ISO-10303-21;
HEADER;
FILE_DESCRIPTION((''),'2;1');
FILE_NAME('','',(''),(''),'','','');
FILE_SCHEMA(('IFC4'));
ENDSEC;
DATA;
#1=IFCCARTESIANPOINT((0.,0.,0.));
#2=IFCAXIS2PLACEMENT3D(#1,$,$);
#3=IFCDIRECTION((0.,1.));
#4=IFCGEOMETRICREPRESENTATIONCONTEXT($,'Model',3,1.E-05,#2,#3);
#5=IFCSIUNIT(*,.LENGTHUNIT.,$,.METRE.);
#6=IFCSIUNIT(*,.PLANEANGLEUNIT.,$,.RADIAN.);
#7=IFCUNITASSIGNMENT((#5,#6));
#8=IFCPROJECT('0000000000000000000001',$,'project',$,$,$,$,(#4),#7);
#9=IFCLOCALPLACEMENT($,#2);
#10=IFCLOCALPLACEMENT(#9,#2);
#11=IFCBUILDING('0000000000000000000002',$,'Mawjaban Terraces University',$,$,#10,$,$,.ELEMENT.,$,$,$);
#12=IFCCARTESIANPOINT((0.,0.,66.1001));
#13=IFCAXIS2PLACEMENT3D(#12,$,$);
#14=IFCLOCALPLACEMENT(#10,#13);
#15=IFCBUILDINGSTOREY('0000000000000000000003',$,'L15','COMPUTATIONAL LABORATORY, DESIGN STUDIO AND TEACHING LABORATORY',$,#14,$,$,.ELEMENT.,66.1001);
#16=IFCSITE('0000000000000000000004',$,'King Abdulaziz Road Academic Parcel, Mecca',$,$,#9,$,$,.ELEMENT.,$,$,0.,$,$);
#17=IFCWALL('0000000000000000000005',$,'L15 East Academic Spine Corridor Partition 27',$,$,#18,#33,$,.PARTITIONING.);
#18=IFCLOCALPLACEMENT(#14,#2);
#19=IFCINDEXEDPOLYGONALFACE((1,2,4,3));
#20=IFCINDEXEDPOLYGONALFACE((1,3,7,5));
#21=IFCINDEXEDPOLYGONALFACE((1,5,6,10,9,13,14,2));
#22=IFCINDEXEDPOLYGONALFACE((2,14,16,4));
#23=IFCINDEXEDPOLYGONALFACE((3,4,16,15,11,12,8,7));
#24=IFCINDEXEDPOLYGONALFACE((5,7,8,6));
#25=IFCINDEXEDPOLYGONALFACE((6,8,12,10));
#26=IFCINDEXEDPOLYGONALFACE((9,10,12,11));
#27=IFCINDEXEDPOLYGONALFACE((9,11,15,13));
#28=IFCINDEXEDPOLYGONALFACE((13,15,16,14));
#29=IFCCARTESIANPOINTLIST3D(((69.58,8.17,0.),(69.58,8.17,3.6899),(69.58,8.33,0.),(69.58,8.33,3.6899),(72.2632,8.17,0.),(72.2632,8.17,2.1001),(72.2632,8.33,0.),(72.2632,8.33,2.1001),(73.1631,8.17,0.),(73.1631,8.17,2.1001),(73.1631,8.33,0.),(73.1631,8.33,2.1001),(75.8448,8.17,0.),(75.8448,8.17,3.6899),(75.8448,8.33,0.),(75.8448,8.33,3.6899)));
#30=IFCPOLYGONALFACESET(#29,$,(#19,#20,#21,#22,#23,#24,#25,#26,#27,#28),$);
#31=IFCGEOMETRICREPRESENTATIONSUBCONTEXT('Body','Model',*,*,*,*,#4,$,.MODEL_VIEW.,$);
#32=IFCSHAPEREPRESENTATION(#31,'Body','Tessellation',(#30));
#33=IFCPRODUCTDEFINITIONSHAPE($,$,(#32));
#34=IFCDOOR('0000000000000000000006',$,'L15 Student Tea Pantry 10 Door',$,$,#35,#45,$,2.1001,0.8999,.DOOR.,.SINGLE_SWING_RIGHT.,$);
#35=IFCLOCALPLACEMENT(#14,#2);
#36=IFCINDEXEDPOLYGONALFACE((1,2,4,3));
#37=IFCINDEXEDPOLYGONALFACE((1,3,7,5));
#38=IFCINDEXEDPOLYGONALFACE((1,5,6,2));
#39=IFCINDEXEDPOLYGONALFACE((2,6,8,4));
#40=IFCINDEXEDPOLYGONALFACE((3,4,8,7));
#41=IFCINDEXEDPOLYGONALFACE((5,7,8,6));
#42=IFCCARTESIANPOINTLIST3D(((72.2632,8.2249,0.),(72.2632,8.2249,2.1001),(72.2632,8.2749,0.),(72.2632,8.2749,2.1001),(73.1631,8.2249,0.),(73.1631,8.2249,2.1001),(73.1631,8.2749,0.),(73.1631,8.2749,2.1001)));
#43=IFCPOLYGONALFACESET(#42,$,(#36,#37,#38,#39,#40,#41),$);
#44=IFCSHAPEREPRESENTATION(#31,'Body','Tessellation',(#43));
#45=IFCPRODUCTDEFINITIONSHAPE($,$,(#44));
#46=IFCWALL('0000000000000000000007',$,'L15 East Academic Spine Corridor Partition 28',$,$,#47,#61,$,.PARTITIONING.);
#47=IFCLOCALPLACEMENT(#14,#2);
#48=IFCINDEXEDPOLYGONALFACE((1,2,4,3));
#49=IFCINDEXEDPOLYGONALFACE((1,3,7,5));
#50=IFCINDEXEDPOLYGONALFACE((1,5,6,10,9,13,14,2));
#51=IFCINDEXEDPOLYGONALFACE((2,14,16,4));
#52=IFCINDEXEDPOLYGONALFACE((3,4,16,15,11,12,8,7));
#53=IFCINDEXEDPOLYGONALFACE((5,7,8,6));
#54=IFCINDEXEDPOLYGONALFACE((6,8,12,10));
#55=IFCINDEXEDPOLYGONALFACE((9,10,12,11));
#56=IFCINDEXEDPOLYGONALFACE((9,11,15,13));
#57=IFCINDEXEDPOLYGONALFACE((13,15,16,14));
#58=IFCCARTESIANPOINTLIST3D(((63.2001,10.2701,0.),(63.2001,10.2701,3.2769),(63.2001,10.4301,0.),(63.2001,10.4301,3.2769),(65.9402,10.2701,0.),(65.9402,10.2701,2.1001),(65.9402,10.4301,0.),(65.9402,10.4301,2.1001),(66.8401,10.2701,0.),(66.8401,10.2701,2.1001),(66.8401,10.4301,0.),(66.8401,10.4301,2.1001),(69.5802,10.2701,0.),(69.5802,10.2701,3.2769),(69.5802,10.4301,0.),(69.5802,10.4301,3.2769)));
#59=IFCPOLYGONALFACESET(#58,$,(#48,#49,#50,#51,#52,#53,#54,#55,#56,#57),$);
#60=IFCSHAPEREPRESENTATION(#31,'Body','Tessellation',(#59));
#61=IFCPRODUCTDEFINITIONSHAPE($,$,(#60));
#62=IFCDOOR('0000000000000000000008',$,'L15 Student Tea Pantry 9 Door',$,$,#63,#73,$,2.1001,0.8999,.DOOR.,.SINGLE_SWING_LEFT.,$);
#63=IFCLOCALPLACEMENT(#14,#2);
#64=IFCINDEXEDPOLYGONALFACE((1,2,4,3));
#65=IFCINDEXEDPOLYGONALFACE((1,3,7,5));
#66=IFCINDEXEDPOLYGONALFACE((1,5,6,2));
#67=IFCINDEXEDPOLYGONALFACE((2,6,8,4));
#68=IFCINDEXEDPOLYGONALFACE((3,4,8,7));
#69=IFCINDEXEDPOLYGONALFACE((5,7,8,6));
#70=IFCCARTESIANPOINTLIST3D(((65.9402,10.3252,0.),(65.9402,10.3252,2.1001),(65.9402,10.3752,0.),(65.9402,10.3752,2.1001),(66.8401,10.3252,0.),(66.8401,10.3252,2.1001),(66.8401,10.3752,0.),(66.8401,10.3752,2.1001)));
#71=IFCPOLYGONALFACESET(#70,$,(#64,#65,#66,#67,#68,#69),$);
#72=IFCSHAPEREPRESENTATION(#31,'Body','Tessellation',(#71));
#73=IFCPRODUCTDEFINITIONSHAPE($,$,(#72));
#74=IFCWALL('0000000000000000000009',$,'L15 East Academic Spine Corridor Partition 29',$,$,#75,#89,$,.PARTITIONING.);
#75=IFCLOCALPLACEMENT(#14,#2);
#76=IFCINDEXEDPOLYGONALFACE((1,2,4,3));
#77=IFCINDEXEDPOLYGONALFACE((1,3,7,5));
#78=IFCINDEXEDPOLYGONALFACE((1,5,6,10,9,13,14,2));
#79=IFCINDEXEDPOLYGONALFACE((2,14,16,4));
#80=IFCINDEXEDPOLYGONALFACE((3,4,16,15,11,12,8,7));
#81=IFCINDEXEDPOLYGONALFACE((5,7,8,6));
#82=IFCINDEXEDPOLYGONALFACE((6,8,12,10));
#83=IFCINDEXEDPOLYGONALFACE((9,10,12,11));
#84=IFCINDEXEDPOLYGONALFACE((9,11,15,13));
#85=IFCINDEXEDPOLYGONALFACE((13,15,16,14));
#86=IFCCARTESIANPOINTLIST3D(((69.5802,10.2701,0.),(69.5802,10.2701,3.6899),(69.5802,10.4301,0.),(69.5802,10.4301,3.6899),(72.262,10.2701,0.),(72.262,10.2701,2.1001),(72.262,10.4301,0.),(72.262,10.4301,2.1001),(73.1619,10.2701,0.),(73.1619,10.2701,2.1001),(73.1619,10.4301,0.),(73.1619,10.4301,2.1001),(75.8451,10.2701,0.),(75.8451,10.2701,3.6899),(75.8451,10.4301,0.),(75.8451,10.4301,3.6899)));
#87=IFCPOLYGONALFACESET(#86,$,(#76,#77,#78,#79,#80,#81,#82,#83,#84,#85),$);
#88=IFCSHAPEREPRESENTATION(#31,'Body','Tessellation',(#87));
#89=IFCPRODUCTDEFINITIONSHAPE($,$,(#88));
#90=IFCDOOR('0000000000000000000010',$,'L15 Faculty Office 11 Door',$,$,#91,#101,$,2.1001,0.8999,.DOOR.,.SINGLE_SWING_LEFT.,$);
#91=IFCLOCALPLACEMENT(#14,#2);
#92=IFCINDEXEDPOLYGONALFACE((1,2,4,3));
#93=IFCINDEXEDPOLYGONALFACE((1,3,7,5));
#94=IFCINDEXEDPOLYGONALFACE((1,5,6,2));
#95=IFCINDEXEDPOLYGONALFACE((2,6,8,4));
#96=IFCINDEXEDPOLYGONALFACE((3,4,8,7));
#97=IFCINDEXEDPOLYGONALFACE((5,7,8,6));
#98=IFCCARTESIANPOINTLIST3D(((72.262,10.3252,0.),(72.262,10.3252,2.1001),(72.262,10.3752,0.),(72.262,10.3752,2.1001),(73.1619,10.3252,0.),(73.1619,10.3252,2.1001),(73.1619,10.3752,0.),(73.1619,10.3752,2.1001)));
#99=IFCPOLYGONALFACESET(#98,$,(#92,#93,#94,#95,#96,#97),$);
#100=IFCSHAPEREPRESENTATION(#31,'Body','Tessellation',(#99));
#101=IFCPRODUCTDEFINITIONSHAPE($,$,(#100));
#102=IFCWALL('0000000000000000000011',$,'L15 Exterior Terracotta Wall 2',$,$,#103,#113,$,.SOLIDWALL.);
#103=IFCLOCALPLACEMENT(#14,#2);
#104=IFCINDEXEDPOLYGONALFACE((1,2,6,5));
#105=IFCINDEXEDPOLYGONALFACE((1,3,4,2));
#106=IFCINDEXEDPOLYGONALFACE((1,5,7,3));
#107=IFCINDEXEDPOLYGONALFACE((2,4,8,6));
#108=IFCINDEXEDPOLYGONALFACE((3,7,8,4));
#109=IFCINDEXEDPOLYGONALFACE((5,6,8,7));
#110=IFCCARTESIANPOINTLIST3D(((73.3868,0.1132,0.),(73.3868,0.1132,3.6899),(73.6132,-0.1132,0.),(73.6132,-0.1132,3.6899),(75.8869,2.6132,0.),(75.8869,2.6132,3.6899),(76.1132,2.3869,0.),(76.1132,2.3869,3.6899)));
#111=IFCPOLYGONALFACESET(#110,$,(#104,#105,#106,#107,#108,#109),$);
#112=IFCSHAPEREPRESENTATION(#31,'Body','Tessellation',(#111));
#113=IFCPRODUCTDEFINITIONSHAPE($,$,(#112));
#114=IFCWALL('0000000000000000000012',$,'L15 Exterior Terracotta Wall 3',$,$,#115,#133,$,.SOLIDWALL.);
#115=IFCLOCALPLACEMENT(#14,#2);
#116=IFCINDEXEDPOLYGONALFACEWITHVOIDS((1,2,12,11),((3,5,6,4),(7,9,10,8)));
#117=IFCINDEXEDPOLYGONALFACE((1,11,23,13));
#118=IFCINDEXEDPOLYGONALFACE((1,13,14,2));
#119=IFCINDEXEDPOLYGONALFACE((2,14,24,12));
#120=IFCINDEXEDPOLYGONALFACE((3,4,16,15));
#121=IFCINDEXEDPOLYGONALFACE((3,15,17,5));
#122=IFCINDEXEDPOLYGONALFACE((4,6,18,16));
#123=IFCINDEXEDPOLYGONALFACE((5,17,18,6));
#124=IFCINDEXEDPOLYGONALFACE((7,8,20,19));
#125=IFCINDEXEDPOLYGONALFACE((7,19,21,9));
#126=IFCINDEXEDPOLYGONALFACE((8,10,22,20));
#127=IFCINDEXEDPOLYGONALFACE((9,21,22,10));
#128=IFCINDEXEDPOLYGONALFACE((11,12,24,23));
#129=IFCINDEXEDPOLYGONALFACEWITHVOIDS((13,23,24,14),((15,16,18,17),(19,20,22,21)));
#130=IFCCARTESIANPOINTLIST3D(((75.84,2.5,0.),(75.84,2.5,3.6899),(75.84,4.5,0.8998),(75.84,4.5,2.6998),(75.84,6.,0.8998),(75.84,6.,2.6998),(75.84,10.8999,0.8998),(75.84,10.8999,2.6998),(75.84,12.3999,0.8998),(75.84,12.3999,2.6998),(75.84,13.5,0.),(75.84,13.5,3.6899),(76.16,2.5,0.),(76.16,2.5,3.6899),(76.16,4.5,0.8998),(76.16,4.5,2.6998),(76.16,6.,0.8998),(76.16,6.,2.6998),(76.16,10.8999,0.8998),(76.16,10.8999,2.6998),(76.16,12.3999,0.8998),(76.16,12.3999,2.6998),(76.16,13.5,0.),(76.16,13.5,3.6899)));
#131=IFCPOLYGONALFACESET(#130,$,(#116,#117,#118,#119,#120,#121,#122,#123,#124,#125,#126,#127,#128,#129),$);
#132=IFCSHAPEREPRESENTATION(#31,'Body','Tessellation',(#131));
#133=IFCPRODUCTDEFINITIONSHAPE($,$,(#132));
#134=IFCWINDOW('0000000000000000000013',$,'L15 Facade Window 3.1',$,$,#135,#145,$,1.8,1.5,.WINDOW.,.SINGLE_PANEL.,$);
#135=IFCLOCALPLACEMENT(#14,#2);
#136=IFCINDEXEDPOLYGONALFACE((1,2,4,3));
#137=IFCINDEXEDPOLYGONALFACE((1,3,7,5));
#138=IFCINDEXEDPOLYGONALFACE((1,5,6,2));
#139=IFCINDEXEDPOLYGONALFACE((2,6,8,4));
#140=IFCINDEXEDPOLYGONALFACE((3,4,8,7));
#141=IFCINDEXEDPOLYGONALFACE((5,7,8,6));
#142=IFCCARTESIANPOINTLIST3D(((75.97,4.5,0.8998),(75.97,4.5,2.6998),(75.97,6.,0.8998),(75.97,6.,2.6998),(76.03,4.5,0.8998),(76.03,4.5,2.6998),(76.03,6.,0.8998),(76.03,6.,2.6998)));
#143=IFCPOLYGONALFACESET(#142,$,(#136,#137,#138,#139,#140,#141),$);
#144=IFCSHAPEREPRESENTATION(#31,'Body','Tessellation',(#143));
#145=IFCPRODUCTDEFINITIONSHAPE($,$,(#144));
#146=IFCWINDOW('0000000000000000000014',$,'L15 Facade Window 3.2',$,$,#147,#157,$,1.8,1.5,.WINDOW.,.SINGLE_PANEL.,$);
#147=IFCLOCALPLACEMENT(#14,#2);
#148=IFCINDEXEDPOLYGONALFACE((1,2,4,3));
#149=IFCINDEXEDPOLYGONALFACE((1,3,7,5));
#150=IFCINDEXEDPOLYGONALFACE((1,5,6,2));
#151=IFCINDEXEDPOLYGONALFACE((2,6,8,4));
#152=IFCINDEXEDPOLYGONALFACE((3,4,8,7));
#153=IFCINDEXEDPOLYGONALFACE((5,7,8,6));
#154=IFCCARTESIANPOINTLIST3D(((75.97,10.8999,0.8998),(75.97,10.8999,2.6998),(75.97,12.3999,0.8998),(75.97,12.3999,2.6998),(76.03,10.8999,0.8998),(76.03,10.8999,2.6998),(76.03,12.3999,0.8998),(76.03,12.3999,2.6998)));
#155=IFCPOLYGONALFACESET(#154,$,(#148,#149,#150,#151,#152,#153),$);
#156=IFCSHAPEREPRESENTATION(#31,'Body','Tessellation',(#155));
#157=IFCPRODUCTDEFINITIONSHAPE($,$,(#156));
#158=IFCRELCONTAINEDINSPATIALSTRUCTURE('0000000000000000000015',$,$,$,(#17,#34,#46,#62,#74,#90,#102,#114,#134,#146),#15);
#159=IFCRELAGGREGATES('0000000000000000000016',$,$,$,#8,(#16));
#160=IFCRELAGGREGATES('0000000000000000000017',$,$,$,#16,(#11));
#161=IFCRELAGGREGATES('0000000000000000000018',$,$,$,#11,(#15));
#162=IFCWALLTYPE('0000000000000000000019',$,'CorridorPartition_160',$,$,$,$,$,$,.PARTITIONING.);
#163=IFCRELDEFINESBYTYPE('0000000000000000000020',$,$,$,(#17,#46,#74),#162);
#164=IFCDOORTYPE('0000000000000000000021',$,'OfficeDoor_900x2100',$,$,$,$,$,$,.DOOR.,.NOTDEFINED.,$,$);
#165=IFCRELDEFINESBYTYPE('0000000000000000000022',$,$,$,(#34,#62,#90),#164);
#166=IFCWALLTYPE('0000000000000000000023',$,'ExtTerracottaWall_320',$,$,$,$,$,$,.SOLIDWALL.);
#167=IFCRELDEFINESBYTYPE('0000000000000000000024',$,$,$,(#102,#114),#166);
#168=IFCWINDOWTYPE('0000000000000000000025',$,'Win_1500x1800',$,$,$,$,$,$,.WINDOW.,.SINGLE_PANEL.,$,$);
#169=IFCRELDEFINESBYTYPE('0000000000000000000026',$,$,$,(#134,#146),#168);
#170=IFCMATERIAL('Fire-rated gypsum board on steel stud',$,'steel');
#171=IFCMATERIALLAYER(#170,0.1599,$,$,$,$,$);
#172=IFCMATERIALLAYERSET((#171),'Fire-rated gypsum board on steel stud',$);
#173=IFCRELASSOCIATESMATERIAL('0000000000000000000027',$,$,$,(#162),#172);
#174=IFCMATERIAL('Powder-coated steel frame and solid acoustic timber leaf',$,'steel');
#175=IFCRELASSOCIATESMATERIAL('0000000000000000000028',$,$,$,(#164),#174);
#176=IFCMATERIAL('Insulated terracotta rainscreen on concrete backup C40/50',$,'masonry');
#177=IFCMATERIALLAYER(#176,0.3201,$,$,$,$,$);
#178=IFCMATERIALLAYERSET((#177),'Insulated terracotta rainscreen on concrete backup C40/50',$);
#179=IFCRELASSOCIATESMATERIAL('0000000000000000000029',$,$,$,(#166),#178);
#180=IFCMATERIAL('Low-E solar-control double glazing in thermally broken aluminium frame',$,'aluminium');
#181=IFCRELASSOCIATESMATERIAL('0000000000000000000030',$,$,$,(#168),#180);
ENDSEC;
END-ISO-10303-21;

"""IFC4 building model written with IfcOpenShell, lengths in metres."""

from ifc_helpers import new_model, si_unit, direction, frame, frame_2d, origin, place, context, subcontext, project, spatial, rectangle, extrude, material, layer, layer_set, type_object, element, fill, save


model = new_model("IFC4")

# Units and contexts
model_context = context("Model", 3, precision=1e-05, world=origin(), true_north=direction((0.0, 1.0)))
body_context = subcontext(model_context, "Body", "Model", "MODEL_VIEW")
ifc_project = project(units=[si_unit("LENGTHUNIT", "METRE"), si_unit("PLANEANGLEUNIT", "RADIAN")], contexts=[model_context])

# Site, building, storey
site_placement = place(None, origin())
site = spatial("IfcSite", under=ifc_project, at=site_placement, Name="King Abdulaziz Road Academic Parcel, Mecca", CompositionType="ELEMENT", RefElevation=0.0)
building_placement = place(site_placement, origin())
building = spatial("IfcBuilding", under=site, at=building_placement, Name="Mawjaban Terraces University", CompositionType="ELEMENT")
storey_placement = place(building_placement, frame((0.0, 0.0, 66.1001)))
storey = spatial("IfcBuildingStorey", under=building, at=storey_placement, Name="L15", Description="COMPUTATIONAL LABORATORY, DESIGN STUDIO AND TEACHING LABORATORY", CompositionType="ELEMENT", Elevation=66.1001)

# Walls, openings, doors
ifc_material_1 = material(Name="Fire-rated gypsum board on steel stud", Category="steel")
ifc_layer_1 = layer(ifc_material_1, 0.1599)
ifc_layer_set_1 = layer_set([ifc_layer_1], Name="Fire-rated gypsum board on steel stud")
wall_type_1 = type_object("IfcWallType", Name="CorridorPartition_160", PredefinedType="PARTITIONING", material=ifc_layer_set_1)
wall_1_placement = place(storey_placement, frame((69.5801, 8.25, 0.0), z_axis=(0.0, 0.0, 1.0), x_axis=(1.0, 0.0, 0.0)))
wall_1 = element("IfcWall", 1, at=wall_1_placement, inside=storey, type_object=wall_type_1, Name="L15 East Academic Spine Corridor Partition 27", PredefinedType="PARTITIONING", context=body_context, shape_type="SweptSolid", body=[
    extrude(rectangle(XDim=6.2649, YDim=0.1599, at=frame_2d((3.1323, 0.0))), origin(), (0.0, 0.0, 1.0), 3.6899),
])
opening_1_placement = place(wall_1_placement, frame((2.6831, 0.0, 0.0)))
opening_1 = element("IfcOpeningElement", 2, at=opening_1_placement, cuts=wall_1, PredefinedType="OPENING", context=body_context, shape_type="SweptSolid", body=[
    extrude(rectangle(XDim=0.8999, YDim=2.1001, at=frame_2d((0.45, 1.05))), frame((0.0, 0.0898, 0.0), z_axis=(0.0, -1.0, 0.0), x_axis=(1.0, 0.0, 0.0)), (0.0, 0.0, 1.0), 0.1799),
])
ifc_material_2 = material(Name="Powder-coated steel frame and solid acoustic timber leaf", Category="steel")
door_type_1 = type_object("IfcDoorType", Name="OfficeDoor_900x2100", OperationType="NOTDEFINED", PredefinedType="DOOR", material=ifc_material_2)
door_1_placement = place(opening_1_placement, origin())
door_1 = element("IfcDoor", 3, at=door_1_placement, inside=storey, type_object=door_type_1, Name="L15 Student Tea Pantry 10 Door", OperationType="SINGLE_SWING_RIGHT", OverallHeight=2.1001, OverallWidth=0.8999, PredefinedType="DOOR", context=body_context, shape_type="SweptSolid", body=[
    extrude(rectangle(XDim=0.8999, YDim=2.1001, at=frame_2d((0.45, 1.05))), frame((0.0, 0.0249, 0.0), z_axis=(0.0, -1.0, 0.0), x_axis=(1.0, 0.0, 0.0)), (0.0, 0.0, 1.0), 0.05),
])
fill(opening_1, door_1)
wall_2_placement = place(storey_placement, frame((69.5801, 10.3501, 0.0), z_axis=(0.0, 0.0, 1.0), x_axis=(-1.0, 0.0, 0.0)))
wall_2 = element("IfcWall", 4, at=wall_2_placement, inside=storey, type_object=wall_type_1, Name="L15 East Academic Spine Corridor Partition 28", PredefinedType="PARTITIONING", context=body_context, shape_type="SweptSolid", body=[
    extrude(rectangle(XDim=6.3801, YDim=0.1599, at=frame_2d((3.1899, 0.0))), origin(), (0.0, 0.0, 1.0), 3.2769),
])
opening_2_placement = place(wall_2_placement, frame((2.74, 0.0, 0.0)))
opening_2 = element("IfcOpeningElement", 5, at=opening_2_placement, cuts=wall_2, PredefinedType="OPENING", context=body_context, shape_type="SweptSolid", body=[
    extrude(rectangle(XDim=0.8999, YDim=2.1001, at=frame_2d((0.45, 1.05))), frame((0.0, 0.0898, 0.0), z_axis=(0.0, -1.0, 0.0), x_axis=(1.0, 0.0, 0.0)), (0.0, 0.0, 1.0), 0.1799),
])
door_2_placement = place(opening_2_placement, origin())
door_2 = element("IfcDoor", 6, at=door_2_placement, inside=storey, type_object=door_type_1, Name="L15 Student Tea Pantry 9 Door", OperationType="SINGLE_SWING_LEFT", OverallHeight=2.1001, OverallWidth=0.8999, PredefinedType="DOOR", context=body_context, shape_type="SweptSolid", body=[
    extrude(rectangle(XDim=0.8999, YDim=2.1001, at=frame_2d((0.45, 1.05))), frame((0.0, 0.0249, 0.0), z_axis=(0.0, -1.0, 0.0), x_axis=(1.0, 0.0, 0.0)), (0.0, 0.0, 1.0), 0.05),
])
fill(opening_2, door_2)
wall_3_placement = place(storey_placement, frame((75.845, 10.3501, 0.0), z_axis=(0.0, 0.0, 1.0), x_axis=(-1.0, 0.0, 0.0)))
wall_3 = element("IfcWall", 7, at=wall_3_placement, inside=storey, type_object=wall_type_1, Name="L15 East Academic Spine Corridor Partition 29", PredefinedType="PARTITIONING", context=body_context, shape_type="SweptSolid", body=[
    extrude(rectangle(XDim=6.2649, YDim=0.1599, at=frame_2d((3.1323, 0.0))), origin(), (0.0, 0.0, 1.0), 3.6899),
])
opening_3_placement = place(wall_3_placement, frame((2.6831, 0.0, 0.0)))
opening_3 = element("IfcOpeningElement", 8, at=opening_3_placement, cuts=wall_3, PredefinedType="OPENING", context=body_context, shape_type="SweptSolid", body=[
    extrude(rectangle(XDim=0.8999, YDim=2.1001, at=frame_2d((0.45, 1.05))), frame((0.0, 0.0898, 0.0), z_axis=(0.0, -1.0, 0.0), x_axis=(1.0, 0.0, 0.0)), (0.0, 0.0, 1.0), 0.1799),
])
door_3_placement = place(opening_3_placement, origin())
door_3 = element("IfcDoor", 9, at=door_3_placement, inside=storey, type_object=door_type_1, Name="L15 Faculty Office 11 Door", OperationType="SINGLE_SWING_LEFT", OverallHeight=2.1001, OverallWidth=0.8999, PredefinedType="DOOR", context=body_context, shape_type="SweptSolid", body=[
    extrude(rectangle(XDim=0.8999, YDim=2.1001, at=frame_2d((0.45, 1.05))), frame((0.0, 0.0249, 0.0), z_axis=(0.0, -1.0, 0.0), x_axis=(1.0, 0.0, 0.0)), (0.0, 0.0, 1.0), 0.05),
])
fill(opening_3, door_3)

# Wall
ifc_material_3 = material(Name="Insulated terracotta rainscreen on concrete backup C40/50", Category="masonry")
ifc_layer_2 = layer(ifc_material_3, 0.3201)
ifc_layer_set_2 = layer_set([ifc_layer_2], Name="Insulated terracotta rainscreen on concrete backup C40/50")
wall_type_2 = type_object("IfcWallType", Name="ExtTerracottaWall_320", PredefinedType="SOLIDWALL", material=ifc_layer_set_2)
wall_4_placement = place(storey_placement, frame((73.5, 0.0, 0.0), z_axis=(0.0, 0.0, 1.0), x_axis=(0.707107, 0.707107, 0.0)))
element("IfcWall", 10, at=wall_4_placement, inside=storey, type_object=wall_type_2, Name="L15 Exterior Terracotta Wall 2", PredefinedType="SOLIDWALL", context=body_context, shape_type="SweptSolid", body=[
    extrude(rectangle(XDim=3.5356, YDim=0.3201, at=frame_2d((1.7678, 0.0))), origin(), (0.0, 0.0, 1.0), 3.6899),
])

# Wall, openings, windows
wall_5_placement = place(storey_placement, frame((76.0, 2.5, 0.0), z_axis=(0.0, 0.0, 1.0), x_axis=(0.0, 1.0, 0.0)))
wall_5 = element("IfcWall", 11, at=wall_5_placement, inside=storey, type_object=wall_type_2, Name="L15 Exterior Terracotta Wall 3", PredefinedType="SOLIDWALL", context=body_context, shape_type="SweptSolid", body=[
    extrude(rectangle(XDim=11.0, YDim=0.3201, at=frame_2d((5.5, 0.0))), origin(), (0.0, 0.0, 1.0), 3.6899),
])
opening_4_placement = place(wall_5_placement, frame((2.0, 0.0, 0.8999)))
opening_4 = element("IfcOpeningElement", 12, at=opening_4_placement, cuts=wall_5, PredefinedType="OPENING", context=body_context, shape_type="SweptSolid", body=[
    extrude(rectangle(XDim=1.5, YDim=1.8, at=frame_2d((0.75, 0.8999))), frame((0.0, 0.1699, 0.0), z_axis=(0.0, -1.0, 0.0), x_axis=(1.0, 0.0, 0.0)), (0.0, 0.0, 1.0), 0.3401),
])
opening_5_placement = place(wall_5_placement, frame((8.3999, 0.0, 0.8999)))
opening_5 = element("IfcOpeningElement", 13, at=opening_5_placement, cuts=wall_5, PredefinedType="OPENING", context=body_context, shape_type="SweptSolid", body=[
    extrude(rectangle(XDim=1.5, YDim=1.8, at=frame_2d((0.75, 0.8999))), frame((0.0, 0.1699, 0.0), z_axis=(0.0, -1.0, 0.0), x_axis=(1.0, 0.0, 0.0)), (0.0, 0.0, 1.0), 0.3401),
])
ifc_material_4 = material(Name="Low-E solar-control double glazing in thermally broken aluminium frame", Category="aluminium")
window_type = type_object("IfcWindowType", Name="Win_1500x1800", PartitioningType="SINGLE_PANEL", PredefinedType="WINDOW", material=ifc_material_4)
window_1_placement = place(opening_4_placement, origin())
window_1 = element("IfcWindow", 14, at=window_1_placement, inside=storey, type_object=window_type, Name="L15 Facade Window 3.1", OverallHeight=1.8, OverallWidth=1.5, PartitioningType="SINGLE_PANEL", PredefinedType="WINDOW", context=body_context, shape_type="SweptSolid", body=[
    extrude(rectangle(XDim=1.5, YDim=1.8, at=frame_2d((0.75, 0.8999))), frame((0.0, 0.03, 0.0), z_axis=(0.0, -1.0, 0.0), x_axis=(1.0, 0.0, 0.0)), (0.0, 0.0, 1.0), 0.0601),
])
fill(opening_4, window_1)
window_2_placement = place(opening_5_placement, origin())
window_2 = element("IfcWindow", 15, at=window_2_placement, inside=storey, type_object=window_type, Name="L15 Facade Window 3.2", OverallHeight=1.8, OverallWidth=1.5, PartitioningType="SINGLE_PANEL", PredefinedType="WINDOW", context=body_context, shape_type="SweptSolid", body=[
    extrude(rectangle(XDim=1.5, YDim=1.8, at=frame_2d((0.75, 0.8999))), frame((0.0, 0.03, 0.0), z_axis=(0.0, -1.0, 0.0), x_axis=(1.0, 0.0, 0.0)), (0.0, 0.0, 1.0), 0.0601),
])
fill(opening_5, window_2)

save(model, "model.ifc")
